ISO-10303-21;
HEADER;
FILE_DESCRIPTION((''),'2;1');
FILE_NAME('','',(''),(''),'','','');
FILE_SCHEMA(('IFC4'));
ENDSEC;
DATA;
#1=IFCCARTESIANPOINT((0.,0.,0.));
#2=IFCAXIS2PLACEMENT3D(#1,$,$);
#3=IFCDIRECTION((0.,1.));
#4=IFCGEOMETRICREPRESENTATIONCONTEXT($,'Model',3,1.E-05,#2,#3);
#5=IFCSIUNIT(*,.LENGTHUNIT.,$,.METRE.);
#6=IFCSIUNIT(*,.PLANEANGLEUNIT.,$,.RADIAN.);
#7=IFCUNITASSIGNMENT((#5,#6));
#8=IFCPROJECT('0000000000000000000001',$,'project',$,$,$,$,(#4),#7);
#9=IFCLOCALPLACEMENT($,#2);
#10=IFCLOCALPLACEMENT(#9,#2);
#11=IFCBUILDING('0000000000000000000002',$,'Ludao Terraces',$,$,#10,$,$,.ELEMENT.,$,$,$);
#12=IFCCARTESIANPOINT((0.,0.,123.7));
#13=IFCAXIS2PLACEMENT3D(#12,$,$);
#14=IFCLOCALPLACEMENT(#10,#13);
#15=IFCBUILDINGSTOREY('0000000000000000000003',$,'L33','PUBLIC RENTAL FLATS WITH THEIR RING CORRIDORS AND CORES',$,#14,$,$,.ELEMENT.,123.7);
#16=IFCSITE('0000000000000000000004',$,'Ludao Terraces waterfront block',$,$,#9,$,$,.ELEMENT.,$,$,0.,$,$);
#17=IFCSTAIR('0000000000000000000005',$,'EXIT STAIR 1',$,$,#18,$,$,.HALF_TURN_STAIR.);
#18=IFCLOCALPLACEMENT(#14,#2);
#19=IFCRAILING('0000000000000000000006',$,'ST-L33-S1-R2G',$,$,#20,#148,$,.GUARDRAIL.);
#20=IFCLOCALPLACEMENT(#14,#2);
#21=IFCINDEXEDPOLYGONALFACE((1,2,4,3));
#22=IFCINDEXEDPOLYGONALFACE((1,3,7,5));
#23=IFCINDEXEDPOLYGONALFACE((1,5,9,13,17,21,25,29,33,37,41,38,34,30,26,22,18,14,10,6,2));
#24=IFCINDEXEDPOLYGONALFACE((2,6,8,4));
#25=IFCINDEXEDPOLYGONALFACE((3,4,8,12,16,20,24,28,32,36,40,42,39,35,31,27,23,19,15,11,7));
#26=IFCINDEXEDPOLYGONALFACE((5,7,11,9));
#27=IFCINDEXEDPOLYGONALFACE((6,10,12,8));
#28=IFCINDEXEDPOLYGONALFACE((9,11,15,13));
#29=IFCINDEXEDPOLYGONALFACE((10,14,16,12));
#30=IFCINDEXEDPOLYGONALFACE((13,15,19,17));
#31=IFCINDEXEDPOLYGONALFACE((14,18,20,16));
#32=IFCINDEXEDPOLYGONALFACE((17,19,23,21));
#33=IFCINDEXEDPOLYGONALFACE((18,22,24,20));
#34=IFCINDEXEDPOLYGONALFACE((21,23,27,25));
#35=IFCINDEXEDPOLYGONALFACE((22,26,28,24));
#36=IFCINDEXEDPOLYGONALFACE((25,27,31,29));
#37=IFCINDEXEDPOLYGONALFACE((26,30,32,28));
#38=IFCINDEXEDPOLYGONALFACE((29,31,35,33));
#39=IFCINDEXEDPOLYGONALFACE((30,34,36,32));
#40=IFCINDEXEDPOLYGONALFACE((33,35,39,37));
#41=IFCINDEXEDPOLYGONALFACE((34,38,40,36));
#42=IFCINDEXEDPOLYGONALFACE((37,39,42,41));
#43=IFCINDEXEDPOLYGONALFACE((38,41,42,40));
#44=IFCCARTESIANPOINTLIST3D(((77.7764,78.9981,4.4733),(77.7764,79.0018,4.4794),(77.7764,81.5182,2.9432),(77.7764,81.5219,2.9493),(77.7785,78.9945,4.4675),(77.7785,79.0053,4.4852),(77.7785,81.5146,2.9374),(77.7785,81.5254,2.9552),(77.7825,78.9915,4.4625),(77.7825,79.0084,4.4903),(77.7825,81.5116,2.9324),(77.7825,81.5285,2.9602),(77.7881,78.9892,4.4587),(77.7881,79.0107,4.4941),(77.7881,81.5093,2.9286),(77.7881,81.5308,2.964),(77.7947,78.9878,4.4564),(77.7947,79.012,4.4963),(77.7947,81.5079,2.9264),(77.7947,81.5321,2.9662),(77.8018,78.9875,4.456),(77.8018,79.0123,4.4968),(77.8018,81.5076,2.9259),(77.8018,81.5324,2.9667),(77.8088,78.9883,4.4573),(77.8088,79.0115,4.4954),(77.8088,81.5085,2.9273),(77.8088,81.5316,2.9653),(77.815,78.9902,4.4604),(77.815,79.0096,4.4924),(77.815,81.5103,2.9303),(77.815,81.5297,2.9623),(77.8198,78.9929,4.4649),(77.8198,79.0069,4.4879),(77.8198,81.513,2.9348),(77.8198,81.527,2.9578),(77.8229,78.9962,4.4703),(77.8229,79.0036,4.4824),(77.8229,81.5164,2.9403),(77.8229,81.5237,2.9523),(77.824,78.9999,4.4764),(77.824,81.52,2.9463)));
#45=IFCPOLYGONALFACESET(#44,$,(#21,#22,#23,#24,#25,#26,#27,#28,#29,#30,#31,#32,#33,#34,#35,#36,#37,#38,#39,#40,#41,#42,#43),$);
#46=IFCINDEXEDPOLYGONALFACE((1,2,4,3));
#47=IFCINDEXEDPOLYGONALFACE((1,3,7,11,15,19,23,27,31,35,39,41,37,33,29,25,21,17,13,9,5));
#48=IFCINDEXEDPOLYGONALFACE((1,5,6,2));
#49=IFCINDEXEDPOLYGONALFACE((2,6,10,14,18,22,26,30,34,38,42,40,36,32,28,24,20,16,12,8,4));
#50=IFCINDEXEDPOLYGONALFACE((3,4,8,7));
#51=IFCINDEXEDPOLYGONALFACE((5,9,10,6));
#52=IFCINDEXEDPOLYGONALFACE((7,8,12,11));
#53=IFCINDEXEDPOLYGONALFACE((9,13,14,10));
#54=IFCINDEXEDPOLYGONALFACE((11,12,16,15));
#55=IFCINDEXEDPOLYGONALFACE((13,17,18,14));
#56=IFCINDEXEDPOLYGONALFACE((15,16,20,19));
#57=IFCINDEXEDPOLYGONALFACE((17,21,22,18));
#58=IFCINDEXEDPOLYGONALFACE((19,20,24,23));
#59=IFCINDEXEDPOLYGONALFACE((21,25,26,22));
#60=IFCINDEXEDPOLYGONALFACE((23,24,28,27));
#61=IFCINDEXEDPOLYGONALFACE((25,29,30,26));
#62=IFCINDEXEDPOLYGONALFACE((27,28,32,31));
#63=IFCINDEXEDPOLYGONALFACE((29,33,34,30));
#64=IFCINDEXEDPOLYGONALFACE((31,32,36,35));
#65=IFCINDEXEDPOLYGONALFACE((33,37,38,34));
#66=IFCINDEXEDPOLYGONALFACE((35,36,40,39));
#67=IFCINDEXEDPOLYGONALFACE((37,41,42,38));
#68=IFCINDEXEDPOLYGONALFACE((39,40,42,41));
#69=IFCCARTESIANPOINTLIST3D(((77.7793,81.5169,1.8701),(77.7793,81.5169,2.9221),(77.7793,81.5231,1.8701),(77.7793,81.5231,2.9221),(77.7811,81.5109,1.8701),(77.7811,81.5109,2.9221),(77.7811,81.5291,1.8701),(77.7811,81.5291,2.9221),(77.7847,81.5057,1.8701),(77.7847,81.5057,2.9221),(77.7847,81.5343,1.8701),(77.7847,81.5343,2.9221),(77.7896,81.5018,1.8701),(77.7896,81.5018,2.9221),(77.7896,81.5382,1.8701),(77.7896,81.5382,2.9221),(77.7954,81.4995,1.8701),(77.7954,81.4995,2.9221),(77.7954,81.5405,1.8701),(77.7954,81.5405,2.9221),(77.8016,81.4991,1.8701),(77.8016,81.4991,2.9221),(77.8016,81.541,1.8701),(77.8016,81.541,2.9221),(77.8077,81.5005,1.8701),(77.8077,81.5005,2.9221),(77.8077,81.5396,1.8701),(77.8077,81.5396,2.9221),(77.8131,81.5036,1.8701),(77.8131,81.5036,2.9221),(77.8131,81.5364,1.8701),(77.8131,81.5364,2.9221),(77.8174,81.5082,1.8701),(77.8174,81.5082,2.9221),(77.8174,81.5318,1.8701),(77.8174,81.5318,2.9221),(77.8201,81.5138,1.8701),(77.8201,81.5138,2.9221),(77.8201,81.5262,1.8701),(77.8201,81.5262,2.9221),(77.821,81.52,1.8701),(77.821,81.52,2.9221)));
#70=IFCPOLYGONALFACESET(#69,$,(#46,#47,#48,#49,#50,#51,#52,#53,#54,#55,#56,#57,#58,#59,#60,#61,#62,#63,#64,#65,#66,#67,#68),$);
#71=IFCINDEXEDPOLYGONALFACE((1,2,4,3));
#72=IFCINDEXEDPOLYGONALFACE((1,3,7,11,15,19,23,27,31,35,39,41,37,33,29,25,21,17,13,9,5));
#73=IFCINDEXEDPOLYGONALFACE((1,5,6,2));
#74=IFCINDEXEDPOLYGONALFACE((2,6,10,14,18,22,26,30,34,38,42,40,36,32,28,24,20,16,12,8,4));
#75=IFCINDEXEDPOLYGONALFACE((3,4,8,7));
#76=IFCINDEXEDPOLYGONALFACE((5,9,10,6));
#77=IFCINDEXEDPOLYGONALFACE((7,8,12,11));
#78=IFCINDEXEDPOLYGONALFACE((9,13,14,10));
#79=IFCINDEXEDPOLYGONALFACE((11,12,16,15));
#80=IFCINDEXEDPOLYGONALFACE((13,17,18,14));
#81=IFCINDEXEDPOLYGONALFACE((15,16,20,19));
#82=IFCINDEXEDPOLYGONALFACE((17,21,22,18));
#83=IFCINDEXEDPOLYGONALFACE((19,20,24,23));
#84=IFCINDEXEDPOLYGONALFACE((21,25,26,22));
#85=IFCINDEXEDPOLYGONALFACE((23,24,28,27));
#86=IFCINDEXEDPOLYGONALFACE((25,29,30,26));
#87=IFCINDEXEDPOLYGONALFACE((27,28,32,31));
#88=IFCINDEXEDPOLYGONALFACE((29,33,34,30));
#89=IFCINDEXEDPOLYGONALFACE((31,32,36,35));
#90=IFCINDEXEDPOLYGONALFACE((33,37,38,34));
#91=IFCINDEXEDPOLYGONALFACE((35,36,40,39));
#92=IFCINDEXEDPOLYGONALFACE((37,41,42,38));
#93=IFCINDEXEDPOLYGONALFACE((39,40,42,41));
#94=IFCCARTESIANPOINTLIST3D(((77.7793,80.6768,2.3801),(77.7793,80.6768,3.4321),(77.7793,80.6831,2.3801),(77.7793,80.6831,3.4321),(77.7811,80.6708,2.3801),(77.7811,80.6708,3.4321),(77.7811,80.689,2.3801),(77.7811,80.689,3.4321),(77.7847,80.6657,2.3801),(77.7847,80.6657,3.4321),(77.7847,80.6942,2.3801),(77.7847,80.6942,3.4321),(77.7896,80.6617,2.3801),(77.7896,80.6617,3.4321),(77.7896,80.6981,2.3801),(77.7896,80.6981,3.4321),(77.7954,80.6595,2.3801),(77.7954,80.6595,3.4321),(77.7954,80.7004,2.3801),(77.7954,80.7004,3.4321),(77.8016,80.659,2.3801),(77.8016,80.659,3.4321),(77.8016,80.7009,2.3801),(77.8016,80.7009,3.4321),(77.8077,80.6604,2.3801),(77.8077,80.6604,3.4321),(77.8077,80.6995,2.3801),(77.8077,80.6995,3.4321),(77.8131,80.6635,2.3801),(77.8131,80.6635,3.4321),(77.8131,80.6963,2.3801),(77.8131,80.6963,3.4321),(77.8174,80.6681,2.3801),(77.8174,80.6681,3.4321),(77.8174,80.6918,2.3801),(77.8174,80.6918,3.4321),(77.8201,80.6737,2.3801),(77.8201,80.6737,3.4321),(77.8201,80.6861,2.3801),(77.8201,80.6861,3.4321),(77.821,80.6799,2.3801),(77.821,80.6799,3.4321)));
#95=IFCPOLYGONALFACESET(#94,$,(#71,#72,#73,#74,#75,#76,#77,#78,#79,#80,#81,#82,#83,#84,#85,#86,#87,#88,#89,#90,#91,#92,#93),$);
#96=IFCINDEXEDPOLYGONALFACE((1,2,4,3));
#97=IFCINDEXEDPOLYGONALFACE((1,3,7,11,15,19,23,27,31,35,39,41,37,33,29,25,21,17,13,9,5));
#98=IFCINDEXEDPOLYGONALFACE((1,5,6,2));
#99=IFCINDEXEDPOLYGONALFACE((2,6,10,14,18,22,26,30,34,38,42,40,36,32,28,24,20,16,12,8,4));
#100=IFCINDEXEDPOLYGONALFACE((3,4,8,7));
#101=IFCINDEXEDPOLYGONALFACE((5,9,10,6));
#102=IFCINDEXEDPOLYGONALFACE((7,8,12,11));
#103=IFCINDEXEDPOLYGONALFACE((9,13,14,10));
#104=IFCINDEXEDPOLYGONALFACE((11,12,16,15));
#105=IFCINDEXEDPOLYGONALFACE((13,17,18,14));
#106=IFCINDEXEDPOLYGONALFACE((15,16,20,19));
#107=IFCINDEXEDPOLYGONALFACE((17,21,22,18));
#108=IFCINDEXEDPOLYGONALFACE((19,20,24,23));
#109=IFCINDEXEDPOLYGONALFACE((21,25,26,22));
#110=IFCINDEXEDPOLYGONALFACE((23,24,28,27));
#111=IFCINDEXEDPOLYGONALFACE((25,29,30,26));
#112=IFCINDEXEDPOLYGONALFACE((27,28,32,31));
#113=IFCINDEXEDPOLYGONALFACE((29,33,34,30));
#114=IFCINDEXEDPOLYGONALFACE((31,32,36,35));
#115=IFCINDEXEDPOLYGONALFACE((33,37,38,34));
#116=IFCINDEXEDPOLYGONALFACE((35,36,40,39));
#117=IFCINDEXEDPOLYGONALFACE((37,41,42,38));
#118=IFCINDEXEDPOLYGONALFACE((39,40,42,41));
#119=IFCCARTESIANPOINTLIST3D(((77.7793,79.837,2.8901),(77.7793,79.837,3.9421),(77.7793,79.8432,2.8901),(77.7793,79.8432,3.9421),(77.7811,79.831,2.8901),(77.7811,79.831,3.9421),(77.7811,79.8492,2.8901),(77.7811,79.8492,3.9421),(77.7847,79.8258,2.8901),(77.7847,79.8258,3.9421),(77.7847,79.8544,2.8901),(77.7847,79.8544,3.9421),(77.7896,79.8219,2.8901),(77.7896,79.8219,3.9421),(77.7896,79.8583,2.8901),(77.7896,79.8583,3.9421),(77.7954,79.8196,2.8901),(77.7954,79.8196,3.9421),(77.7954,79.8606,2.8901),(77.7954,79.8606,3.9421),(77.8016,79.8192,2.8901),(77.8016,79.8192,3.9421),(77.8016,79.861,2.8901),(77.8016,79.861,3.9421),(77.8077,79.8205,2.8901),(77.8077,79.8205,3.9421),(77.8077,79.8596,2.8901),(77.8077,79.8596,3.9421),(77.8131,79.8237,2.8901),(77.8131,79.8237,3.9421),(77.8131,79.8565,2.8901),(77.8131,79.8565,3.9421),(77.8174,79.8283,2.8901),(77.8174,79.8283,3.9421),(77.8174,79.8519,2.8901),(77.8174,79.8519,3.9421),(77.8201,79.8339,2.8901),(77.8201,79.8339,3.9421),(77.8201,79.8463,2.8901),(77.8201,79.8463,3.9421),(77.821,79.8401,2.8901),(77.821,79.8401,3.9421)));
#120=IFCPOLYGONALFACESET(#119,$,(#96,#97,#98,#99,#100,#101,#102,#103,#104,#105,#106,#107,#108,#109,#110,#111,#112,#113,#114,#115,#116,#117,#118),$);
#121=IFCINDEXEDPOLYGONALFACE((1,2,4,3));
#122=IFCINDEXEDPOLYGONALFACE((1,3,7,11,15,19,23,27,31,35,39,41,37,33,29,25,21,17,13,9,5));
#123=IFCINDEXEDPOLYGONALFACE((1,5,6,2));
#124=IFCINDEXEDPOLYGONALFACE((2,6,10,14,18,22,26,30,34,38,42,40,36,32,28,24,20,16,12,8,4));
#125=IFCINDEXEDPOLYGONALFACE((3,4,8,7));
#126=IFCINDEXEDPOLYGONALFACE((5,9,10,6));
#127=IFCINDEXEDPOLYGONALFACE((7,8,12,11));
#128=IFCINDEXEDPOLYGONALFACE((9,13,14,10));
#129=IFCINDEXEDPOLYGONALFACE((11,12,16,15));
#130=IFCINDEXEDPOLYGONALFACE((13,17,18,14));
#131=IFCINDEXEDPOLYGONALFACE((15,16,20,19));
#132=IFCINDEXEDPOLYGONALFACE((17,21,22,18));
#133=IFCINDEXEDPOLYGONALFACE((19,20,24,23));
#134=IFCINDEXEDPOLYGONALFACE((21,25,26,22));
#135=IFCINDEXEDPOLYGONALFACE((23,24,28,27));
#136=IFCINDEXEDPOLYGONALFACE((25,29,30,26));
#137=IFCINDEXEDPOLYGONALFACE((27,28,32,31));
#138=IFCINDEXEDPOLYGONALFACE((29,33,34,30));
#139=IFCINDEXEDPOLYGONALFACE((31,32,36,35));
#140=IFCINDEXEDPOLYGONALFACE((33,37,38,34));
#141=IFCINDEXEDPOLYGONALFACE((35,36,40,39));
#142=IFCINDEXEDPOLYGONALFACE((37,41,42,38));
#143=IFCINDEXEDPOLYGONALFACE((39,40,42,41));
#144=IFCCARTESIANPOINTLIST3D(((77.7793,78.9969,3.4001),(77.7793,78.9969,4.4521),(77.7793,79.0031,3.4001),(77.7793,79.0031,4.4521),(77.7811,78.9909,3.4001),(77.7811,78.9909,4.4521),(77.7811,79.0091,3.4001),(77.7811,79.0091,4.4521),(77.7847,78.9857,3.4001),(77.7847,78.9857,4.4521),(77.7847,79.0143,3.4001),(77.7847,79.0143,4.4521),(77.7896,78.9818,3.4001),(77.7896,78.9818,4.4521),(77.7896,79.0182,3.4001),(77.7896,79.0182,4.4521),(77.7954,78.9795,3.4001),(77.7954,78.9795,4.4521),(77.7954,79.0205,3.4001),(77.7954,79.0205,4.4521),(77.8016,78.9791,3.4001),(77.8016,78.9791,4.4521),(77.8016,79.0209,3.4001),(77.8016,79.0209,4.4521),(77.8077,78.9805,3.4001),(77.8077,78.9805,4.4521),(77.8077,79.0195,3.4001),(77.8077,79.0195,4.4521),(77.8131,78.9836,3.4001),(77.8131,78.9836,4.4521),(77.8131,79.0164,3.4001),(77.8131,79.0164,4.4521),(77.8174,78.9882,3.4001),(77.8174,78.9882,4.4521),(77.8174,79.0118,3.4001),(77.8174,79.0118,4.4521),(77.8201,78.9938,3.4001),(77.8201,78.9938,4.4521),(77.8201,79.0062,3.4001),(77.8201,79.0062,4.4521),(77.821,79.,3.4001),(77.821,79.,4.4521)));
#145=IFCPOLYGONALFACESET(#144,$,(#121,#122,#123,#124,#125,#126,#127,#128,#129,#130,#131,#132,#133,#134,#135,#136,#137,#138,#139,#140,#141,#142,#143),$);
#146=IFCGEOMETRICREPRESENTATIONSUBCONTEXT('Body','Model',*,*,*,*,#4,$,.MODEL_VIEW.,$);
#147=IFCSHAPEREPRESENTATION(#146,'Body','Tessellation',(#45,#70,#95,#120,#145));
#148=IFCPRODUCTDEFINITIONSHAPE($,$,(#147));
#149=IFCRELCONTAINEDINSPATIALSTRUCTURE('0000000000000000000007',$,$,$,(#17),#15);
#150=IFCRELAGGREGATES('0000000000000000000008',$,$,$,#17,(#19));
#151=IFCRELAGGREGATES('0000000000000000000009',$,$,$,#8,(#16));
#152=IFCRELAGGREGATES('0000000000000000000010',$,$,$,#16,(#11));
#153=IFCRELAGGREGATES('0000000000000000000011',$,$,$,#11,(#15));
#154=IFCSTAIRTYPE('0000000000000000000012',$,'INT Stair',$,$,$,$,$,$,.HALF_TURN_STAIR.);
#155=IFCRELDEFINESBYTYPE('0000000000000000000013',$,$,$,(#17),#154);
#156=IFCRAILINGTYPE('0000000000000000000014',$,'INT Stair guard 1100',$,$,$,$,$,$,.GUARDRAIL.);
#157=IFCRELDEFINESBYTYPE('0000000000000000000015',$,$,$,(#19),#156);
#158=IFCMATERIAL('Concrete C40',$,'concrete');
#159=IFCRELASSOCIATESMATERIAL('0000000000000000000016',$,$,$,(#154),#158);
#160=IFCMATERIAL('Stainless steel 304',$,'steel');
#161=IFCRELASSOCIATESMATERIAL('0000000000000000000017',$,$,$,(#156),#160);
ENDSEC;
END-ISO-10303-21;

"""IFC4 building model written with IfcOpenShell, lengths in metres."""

from ifc_helpers import new_model, si_unit, direction, frame, origin, origin_2d, place, context, subcontext, project, spatial, circle, extrude, material, type_object, element, aggregate, save


model = new_model("IFC4")

# Units and contexts
model_context = context("Model", 3, precision=1e-05, world=origin(), true_north=direction((0.0, 1.0)))
body_context = subcontext(model_context, "Body", "Model", "MODEL_VIEW")
ifc_project = project(units=[si_unit("LENGTHUNIT", "METRE"), si_unit("PLANEANGLEUNIT", "RADIAN")], contexts=[model_context])

# Site, building, storey
site_placement = place(None, origin())
site = spatial("IfcSite", under=ifc_project, at=site_placement, Name="Ludao Terraces waterfront block", CompositionType="ELEMENT", RefElevation=0.0)
building_placement = place(site_placement, origin())
building = spatial("IfcBuilding", under=site, at=building_placement, Name="Ludao Terraces", CompositionType="ELEMENT")
storey_placement = place(building_placement, frame((0.0, 0.0, 123.7)))
storey = spatial("IfcBuildingStorey", under=building, at=storey_placement, Name="L33", Description="PUBLIC RENTAL FLATS WITH THEIR RING CORRIDORS AND CORES", CompositionType="ELEMENT", Elevation=123.7)

# Shared definitions
ifc_material_1 = material(Name="Stainless steel 304", Category="steel")

# Stair, railing
ifc_material_2 = material(Name="Concrete C40", Category="concrete")
stair_type = type_object("IfcStairType", Name="INT Stair", PredefinedType="HALF_TURN_STAIR", material=ifc_material_2)
stair_placement = place(storey_placement, origin())
stair = element("IfcStair", 1, at=stair_placement, inside=storey, type_object=stair_type, Name="EXIT STAIR 1", PredefinedType="HALF_TURN_STAIR")
railing_type_1 = type_object("IfcRailingType", Name="INT Stair guard 1100", PredefinedType="GUARDRAIL", material=ifc_material_1)
railing_1_placement = place(storey_placement, frame((77.8, 81.52, 1.8701)))
railing_1 = element("IfcRailing", 2, at=railing_1_placement, type_object=railing_type_1, Name="ST-L33-S1-R2G", PredefinedType="GUARDRAIL", context=body_context, shape_type="SweptSolid", body=[
    extrude(circle(Radius=0.0239, at=origin_2d()), frame((0.0, 0.0, 1.0762), z_axis=(0.0, -0.854785, 0.518982), x_axis=(1.0, 0.0, 0.0)), (0.0, 0.0, 1.0), 2.9482),
    extrude(circle(Radius=0.021, at=origin_2d()), origin(), (0.0, 0.0, 1.0), 1.052),
    extrude(circle(Radius=0.021, at=origin_2d()), frame((0.0, -0.8401, 0.51)), (0.0, 0.0, 1.0), 1.052),
    extrude(circle(Radius=0.021, at=origin_2d()), frame((0.0, -1.6799, 1.02)), (0.0, 0.0, 1.0), 1.052),
    extrude(circle(Radius=0.021, at=origin_2d()), frame((0.0, -2.52, 1.53)), (0.0, 0.0, 1.0), 1.052),
])
aggregate(stair, [railing_1])

save(model, "model.ifc")
